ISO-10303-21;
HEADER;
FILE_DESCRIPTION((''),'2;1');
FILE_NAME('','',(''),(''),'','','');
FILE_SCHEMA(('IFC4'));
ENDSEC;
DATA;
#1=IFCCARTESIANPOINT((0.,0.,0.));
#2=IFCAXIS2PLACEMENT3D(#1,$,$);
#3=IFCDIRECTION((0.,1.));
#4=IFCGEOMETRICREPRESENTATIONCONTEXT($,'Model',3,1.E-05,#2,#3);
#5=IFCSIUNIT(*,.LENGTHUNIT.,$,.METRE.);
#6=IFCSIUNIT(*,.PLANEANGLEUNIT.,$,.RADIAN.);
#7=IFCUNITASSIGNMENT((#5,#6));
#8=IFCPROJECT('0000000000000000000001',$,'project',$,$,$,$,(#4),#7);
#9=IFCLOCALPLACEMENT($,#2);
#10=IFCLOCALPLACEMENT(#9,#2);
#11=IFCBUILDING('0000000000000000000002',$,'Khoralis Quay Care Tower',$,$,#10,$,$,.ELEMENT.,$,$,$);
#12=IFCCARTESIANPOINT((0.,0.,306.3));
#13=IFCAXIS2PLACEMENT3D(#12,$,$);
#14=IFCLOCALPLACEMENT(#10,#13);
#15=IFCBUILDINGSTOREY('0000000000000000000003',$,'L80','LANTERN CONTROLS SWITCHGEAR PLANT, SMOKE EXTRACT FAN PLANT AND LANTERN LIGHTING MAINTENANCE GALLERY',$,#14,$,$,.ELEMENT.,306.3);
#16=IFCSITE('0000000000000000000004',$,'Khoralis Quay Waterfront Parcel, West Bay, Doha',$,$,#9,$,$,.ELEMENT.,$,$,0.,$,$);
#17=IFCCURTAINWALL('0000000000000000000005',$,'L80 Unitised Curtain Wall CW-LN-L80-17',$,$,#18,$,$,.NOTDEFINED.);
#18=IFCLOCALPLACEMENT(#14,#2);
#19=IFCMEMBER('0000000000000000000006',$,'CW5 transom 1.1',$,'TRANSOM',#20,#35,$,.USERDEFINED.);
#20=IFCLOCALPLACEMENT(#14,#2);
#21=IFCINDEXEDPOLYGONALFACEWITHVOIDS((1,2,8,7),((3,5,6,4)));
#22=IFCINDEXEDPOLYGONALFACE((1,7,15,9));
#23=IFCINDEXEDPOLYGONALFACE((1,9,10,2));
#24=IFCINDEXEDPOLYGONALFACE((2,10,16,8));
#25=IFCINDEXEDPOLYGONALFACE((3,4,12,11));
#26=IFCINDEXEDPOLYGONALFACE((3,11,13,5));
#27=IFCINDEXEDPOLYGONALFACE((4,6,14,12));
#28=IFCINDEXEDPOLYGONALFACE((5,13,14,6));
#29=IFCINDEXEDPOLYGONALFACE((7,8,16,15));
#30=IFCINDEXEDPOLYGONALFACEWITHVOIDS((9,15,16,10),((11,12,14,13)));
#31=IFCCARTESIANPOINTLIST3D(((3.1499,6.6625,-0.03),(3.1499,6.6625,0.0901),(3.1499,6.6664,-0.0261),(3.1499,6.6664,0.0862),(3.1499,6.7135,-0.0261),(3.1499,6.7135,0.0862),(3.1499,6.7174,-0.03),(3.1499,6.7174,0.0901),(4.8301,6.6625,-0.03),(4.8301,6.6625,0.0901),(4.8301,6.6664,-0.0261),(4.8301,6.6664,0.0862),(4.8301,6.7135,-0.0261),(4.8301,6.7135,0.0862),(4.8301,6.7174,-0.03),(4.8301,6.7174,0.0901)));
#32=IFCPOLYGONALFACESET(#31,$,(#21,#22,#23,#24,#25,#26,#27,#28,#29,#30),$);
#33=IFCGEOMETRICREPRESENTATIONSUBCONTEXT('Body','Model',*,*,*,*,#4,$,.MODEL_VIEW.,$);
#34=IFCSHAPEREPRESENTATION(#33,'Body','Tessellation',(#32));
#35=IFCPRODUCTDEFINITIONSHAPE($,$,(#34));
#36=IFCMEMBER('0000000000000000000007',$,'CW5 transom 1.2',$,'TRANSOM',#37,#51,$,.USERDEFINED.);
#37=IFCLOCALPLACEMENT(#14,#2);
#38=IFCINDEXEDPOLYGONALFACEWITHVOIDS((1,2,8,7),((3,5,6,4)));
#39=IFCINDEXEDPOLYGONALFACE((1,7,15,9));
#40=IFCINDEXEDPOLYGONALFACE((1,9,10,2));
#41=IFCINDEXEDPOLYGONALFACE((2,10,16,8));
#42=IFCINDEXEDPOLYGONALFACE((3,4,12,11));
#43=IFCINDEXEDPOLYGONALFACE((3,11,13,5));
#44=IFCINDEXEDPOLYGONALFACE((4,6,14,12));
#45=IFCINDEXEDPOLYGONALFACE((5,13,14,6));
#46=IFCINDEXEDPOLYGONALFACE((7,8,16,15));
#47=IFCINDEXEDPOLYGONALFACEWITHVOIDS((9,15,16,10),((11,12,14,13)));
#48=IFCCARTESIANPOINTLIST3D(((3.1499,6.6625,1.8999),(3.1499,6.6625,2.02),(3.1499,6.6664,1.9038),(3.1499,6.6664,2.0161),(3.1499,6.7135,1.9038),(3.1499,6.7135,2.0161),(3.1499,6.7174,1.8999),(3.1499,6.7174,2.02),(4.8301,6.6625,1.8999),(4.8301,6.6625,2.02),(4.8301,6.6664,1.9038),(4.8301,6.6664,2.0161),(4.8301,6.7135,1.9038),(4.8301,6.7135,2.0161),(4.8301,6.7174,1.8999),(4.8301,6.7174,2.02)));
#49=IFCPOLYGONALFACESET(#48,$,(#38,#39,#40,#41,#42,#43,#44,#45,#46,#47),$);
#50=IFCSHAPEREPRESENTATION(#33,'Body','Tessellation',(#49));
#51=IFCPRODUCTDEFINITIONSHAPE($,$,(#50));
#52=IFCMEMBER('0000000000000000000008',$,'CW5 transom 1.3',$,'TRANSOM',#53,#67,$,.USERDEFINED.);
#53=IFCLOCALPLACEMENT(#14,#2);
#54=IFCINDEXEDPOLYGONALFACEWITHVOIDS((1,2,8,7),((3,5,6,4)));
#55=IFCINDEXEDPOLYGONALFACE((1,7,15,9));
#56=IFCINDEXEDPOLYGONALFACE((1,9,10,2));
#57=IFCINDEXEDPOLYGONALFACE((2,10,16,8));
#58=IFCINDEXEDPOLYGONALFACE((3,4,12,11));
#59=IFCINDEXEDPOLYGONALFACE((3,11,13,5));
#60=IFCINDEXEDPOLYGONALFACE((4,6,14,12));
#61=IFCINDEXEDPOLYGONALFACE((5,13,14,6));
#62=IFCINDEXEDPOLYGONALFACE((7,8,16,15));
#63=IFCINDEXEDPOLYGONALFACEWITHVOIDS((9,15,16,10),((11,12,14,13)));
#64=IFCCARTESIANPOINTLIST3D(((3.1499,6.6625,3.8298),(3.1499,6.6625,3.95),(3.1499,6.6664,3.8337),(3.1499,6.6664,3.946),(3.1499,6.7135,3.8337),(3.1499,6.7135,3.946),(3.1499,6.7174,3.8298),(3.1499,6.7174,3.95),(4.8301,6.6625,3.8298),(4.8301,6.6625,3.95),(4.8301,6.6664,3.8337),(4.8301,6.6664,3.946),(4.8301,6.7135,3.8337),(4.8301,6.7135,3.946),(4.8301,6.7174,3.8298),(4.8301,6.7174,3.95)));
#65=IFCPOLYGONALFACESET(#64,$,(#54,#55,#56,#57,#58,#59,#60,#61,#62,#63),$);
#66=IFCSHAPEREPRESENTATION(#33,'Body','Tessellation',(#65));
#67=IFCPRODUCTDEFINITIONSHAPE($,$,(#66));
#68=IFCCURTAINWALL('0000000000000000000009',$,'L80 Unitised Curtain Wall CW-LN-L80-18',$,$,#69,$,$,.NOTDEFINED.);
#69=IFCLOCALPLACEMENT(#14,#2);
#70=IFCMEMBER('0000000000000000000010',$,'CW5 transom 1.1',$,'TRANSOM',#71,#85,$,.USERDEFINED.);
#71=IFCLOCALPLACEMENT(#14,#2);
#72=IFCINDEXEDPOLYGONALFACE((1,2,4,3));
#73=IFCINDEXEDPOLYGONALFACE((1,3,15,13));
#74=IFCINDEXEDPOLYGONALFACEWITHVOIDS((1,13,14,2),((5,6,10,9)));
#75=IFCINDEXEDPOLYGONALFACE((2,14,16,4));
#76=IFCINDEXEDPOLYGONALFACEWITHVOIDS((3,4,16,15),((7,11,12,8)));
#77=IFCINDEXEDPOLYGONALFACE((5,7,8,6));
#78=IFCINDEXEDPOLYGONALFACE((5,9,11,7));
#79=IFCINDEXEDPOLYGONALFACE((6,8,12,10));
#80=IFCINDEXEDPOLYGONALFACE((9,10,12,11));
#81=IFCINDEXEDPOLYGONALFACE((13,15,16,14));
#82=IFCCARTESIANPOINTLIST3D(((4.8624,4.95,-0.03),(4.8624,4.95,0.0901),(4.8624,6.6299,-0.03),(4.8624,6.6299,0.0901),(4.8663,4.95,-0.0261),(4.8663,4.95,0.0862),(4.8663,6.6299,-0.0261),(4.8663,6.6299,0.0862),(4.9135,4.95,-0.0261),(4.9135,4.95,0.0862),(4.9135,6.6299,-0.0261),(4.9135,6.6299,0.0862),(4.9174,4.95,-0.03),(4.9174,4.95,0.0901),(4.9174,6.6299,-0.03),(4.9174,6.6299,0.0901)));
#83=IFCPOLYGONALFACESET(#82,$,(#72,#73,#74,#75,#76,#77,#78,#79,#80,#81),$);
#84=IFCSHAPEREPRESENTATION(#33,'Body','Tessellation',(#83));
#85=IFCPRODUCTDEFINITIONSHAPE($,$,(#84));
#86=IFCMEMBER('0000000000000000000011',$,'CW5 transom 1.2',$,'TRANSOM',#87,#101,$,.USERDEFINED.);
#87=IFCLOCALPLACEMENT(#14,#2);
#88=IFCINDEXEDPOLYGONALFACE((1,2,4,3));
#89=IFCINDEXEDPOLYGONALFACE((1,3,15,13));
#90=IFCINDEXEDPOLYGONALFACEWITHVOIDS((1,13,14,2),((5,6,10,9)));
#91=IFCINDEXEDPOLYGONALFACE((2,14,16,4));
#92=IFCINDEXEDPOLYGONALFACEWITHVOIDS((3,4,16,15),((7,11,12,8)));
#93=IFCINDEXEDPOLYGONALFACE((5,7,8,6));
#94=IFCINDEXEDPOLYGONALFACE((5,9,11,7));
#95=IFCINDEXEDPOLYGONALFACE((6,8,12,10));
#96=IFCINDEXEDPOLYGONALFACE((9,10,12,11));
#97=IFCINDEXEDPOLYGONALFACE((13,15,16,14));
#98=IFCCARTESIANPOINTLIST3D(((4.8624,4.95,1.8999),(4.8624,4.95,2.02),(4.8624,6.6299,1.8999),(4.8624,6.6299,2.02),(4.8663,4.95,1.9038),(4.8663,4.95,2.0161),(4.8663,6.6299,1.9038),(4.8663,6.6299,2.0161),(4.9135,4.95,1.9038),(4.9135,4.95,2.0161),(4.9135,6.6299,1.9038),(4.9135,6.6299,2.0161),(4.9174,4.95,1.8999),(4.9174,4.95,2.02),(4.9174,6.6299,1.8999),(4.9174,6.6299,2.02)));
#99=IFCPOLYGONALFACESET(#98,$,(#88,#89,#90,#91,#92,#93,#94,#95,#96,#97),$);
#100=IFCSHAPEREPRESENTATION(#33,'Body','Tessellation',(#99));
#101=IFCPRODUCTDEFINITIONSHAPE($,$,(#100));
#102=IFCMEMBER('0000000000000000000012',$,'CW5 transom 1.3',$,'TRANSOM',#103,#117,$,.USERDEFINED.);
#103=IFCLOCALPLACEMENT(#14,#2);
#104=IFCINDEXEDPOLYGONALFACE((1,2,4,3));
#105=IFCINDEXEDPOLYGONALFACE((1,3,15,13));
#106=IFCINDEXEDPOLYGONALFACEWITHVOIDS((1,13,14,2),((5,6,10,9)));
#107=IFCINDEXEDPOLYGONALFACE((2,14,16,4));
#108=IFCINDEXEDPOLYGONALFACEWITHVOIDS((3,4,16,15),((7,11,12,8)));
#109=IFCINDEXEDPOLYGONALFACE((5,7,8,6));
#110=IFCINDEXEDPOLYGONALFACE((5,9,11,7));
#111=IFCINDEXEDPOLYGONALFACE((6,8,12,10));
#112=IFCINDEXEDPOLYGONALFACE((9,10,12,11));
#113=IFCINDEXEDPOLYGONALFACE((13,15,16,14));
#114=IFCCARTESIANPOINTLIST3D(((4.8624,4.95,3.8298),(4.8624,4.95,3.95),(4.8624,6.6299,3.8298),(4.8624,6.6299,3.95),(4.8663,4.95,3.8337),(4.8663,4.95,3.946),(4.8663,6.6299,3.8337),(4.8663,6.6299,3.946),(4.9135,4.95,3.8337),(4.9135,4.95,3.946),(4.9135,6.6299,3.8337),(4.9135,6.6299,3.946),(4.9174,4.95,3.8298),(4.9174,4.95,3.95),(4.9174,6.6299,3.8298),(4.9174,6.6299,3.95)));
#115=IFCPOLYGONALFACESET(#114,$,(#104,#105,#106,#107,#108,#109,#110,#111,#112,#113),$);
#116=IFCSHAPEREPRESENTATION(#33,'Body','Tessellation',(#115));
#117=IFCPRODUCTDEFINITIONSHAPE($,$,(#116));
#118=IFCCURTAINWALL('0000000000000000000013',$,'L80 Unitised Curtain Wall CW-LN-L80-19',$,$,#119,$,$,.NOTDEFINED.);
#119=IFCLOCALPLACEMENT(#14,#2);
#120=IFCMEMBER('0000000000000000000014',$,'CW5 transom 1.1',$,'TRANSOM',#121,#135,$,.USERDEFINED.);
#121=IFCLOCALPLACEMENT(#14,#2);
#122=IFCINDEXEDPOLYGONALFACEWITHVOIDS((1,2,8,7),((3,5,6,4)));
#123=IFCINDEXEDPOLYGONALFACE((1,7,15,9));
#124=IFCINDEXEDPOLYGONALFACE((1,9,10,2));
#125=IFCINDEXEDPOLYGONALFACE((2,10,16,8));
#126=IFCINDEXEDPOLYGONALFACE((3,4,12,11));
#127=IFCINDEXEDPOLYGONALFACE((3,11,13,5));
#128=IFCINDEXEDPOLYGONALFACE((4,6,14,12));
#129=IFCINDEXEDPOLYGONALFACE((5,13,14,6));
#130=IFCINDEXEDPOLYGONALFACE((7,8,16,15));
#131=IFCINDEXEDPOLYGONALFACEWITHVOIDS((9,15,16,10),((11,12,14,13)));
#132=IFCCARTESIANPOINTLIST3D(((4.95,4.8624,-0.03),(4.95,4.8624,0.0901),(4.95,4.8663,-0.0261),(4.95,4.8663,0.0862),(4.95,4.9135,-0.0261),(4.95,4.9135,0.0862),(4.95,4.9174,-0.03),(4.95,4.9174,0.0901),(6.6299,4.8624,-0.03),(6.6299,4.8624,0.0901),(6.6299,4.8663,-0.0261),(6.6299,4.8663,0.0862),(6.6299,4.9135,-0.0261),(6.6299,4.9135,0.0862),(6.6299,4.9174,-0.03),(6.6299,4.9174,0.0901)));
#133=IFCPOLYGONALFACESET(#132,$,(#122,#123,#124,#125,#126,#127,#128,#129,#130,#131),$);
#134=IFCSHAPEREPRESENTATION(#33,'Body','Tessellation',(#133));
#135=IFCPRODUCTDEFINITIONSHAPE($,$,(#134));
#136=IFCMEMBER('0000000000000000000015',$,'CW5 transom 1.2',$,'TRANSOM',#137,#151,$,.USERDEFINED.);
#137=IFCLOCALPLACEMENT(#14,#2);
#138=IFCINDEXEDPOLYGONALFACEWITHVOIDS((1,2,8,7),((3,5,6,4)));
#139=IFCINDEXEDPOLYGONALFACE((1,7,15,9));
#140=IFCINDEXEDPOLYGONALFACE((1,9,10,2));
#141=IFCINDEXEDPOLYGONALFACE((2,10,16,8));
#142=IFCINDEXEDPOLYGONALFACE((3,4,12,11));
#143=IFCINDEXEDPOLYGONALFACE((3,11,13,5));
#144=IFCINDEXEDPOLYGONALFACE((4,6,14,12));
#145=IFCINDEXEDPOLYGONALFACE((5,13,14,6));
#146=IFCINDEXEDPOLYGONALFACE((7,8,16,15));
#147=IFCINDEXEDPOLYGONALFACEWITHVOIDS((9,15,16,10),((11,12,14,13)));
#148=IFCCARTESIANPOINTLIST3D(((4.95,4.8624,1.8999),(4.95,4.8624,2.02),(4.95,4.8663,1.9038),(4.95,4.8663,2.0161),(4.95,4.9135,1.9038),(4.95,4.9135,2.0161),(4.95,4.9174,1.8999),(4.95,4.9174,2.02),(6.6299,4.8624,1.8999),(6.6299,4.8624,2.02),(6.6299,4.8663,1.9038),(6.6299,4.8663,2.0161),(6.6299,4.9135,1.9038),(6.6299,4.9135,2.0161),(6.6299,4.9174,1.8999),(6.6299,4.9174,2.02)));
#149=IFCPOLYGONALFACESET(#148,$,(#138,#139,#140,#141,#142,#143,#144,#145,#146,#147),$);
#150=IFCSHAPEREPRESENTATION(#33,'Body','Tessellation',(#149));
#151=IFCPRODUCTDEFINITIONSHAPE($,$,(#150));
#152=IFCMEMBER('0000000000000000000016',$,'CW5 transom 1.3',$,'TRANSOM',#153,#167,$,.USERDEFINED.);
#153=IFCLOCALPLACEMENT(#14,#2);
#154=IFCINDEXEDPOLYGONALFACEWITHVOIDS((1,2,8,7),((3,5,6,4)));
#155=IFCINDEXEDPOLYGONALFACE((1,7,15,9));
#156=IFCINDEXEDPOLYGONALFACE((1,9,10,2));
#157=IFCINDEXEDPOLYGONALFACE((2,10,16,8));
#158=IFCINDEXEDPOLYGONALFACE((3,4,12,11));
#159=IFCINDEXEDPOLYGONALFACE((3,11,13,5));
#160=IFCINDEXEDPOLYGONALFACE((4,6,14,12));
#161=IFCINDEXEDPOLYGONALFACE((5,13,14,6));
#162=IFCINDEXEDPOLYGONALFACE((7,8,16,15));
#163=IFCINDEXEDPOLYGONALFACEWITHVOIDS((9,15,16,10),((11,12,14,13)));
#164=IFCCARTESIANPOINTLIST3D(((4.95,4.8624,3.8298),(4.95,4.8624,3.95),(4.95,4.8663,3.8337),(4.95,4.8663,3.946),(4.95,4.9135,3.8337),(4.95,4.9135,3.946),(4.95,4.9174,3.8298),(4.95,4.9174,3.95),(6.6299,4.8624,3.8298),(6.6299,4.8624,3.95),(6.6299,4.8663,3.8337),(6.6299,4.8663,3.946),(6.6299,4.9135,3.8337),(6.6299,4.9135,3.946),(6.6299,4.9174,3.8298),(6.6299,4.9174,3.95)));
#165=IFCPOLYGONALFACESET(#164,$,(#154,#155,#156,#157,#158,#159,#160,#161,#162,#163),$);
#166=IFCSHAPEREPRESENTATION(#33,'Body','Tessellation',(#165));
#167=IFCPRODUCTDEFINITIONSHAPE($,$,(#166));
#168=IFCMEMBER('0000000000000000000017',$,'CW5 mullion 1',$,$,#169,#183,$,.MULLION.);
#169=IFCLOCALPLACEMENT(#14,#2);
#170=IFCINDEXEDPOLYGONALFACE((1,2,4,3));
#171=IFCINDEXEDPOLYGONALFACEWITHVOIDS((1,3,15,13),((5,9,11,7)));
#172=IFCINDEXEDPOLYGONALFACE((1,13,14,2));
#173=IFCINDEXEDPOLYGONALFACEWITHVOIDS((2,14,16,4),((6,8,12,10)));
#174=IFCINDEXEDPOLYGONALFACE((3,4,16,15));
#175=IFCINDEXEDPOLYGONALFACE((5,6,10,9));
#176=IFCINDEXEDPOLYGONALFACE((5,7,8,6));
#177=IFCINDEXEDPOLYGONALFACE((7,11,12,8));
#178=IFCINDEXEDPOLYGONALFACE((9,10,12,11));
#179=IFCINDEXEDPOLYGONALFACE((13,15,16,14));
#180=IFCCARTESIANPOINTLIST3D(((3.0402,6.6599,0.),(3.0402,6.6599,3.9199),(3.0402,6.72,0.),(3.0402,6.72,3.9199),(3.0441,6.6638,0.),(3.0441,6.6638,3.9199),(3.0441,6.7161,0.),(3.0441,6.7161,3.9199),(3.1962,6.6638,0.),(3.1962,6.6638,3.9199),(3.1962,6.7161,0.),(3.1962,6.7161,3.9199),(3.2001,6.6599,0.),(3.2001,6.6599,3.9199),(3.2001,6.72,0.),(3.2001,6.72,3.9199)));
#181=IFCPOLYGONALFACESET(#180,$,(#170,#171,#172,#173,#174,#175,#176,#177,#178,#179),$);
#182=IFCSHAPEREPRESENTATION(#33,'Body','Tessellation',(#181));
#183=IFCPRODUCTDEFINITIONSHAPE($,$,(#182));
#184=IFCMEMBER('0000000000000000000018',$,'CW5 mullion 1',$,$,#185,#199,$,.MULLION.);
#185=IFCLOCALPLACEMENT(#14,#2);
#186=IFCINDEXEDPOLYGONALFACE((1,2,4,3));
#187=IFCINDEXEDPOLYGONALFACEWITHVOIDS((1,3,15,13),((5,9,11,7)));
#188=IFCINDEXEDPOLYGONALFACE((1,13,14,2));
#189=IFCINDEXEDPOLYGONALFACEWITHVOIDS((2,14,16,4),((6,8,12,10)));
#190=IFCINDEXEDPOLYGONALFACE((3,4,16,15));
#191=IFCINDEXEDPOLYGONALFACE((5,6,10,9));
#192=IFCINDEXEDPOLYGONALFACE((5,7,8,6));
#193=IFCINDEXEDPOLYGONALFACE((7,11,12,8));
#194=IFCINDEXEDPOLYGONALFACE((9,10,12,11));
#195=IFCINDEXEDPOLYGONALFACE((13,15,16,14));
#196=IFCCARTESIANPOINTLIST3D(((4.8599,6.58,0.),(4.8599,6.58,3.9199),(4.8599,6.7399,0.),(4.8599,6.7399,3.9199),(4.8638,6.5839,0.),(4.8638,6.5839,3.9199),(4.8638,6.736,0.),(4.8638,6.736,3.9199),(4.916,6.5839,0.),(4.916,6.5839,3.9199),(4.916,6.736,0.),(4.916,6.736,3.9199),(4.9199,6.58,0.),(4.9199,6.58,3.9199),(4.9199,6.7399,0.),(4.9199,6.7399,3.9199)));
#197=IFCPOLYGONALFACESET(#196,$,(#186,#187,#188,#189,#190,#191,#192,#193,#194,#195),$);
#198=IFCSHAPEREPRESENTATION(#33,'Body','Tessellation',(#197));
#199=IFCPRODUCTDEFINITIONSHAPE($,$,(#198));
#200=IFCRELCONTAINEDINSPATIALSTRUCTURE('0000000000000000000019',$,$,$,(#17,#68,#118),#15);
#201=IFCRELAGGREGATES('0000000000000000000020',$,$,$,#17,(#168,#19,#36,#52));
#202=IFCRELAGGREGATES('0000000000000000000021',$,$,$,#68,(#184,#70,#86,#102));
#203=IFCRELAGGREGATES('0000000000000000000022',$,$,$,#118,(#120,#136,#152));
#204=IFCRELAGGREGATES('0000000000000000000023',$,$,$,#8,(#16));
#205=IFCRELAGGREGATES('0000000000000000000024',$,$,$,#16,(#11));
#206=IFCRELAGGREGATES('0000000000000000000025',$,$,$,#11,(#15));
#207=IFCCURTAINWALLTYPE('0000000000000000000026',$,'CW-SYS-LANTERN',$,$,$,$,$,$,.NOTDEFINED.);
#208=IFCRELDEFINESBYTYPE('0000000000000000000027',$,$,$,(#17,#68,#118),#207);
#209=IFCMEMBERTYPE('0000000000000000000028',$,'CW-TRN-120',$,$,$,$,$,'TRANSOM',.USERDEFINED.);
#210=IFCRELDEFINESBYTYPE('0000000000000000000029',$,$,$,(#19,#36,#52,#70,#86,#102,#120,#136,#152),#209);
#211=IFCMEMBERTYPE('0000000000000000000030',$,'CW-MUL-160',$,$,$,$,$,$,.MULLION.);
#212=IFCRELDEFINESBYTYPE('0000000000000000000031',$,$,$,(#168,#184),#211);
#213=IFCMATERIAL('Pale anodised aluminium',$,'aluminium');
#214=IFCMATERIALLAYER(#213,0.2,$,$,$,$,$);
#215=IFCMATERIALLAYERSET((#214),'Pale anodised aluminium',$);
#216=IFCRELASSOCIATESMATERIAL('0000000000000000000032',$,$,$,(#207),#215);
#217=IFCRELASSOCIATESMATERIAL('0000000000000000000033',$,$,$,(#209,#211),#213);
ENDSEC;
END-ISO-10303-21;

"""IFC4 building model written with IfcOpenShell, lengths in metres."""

from ifc_helpers import new_model, si_unit, direction, frame, origin, origin_2d, place, context, subcontext, project, spatial, hollow_rectangle, extrude, source, transform, mapped, material, layer, layer_set, material_profile, profile_set, type_object, element, aggregate, save


model = new_model("IFC4")

# Units and contexts
model_context = context("Model", 3, precision=1e-05, world=origin(), true_north=direction((0.0, 1.0)))
body_context = subcontext(model_context, "Body", "Model", "MODEL_VIEW")
ifc_project = project(units=[si_unit("LENGTHUNIT", "METRE"), si_unit("PLANEANGLEUNIT", "RADIAN")], contexts=[model_context])

# Site, building, storey
site_placement = place(None, origin())
site = spatial("IfcSite", under=ifc_project, at=site_placement, Name="Khoralis Quay Waterfront Parcel, West Bay, Doha", CompositionType="ELEMENT", RefElevation=0.0)
building_placement = place(site_placement, origin())
building = spatial("IfcBuilding", under=site, at=building_placement, Name="Khoralis Quay Care Tower", CompositionType="ELEMENT")
storey_placement = place(building_placement, frame((0.0, 0.0, 306.3)))
storey = spatial("IfcBuildingStorey", under=building, at=storey_placement, Name="L80", Description="LANTERN CONTROLS SWITCHGEAR PLANT, SMOKE EXTRACT FAN PLANT AND LANTERN LIGHTING MAINTENANCE GALLERY", CompositionType="ELEMENT", Elevation=306.3)

# Curtain walls, members
ifc_material_1 = material(Name="Pale anodised aluminium", Category="aluminium")
ifc_layer_1 = layer(ifc_material_1, 0.2)
ifc_layer_set_1 = layer_set([ifc_layer_1], Name="Pale anodised aluminium")
curtain_wall_type = type_object("IfcCurtainWallType", Name="CW-SYS-LANTERN", PredefinedType="NOTDEFINED", material=ifc_layer_set_1)
curtain_wall_1_placement = place(storey_placement, origin())
curtain_wall_1 = element("IfcCurtainWall", 1, at=curtain_wall_1_placement, inside=storey, type_object=curtain_wall_type, Name="L80 Unitised Curtain Wall CW-LN-L80-17", PredefinedType="NOTDEFINED")
ifc_material_profile_1 = material_profile(ifc_material_1, hollow_rectangle(XDim=0.0549, YDim=0.1201, WallThickness=0.0039, at=origin_2d()), Name="Pale anodised aluminium")
ifc_profile_set_1 = profile_set([ifc_material_profile_1], Name="Pale anodised aluminium")
member_type_1 = type_object("IfcMemberType", Name="CW-TRN-120", ElementType="TRANSOM", PredefinedType="USERDEFINED", material=ifc_profile_set_1)
shared_shape_1 = source(origin(), body_context, "Body", "SweptSolid", [
    extrude(hollow_rectangle(XDim=0.0549, YDim=0.1201, WallThickness=0.0039, at=origin_2d()), origin(), (0.0, 0.0, 1.0), 1.6802),
])
member_1_placement = place(storey_placement, frame((3.1499, 6.6899, 0.03), z_axis=(1.0, 0.0, 0.0), x_axis=(0.0, 1.0, 0.0)))
member_1 = element("IfcMember", 2, at=member_1_placement, type_object=member_type_1, Name="CW5 transom 1.1", ObjectType="TRANSOM", PredefinedType="USERDEFINED", context=body_context, shape_type="MappedRepresentation", body=[
    mapped(shared_shape_1, transform((0.0, 0.0, 0.0), scale=1.0)),
])
member_2_placement = place(storey_placement, frame((3.1499, 6.6899, 1.96), z_axis=(1.0, 0.0, 0.0), x_axis=(0.0, 1.0, 0.0)))
member_2 = element("IfcMember", 3, at=member_2_placement, type_object=member_type_1, Name="CW5 transom 1.2", ObjectType="TRANSOM", PredefinedType="USERDEFINED", context=body_context, shape_type="MappedRepresentation", body=[
    mapped(shared_shape_1, transform((0.0, 0.0, 0.0), scale=1.0)),
])
member_3_placement = place(storey_placement, frame((3.1499, 6.6899, 3.8899), z_axis=(1.0, 0.0, 0.0), x_axis=(0.0, 1.0, 0.0)))
member_3 = element("IfcMember", 4, at=member_3_placement, type_object=member_type_1, Name="CW5 transom 1.3", ObjectType="TRANSOM", PredefinedType="USERDEFINED", context=body_context, shape_type="MappedRepresentation", body=[
    mapped(shared_shape_1, transform((0.0, 0.0, 0.0), scale=1.0)),
])
curtain_wall_2_placement = place(storey_placement, origin())
curtain_wall_2 = element("IfcCurtainWall", 5, at=curtain_wall_2_placement, inside=storey, type_object=curtain_wall_type, Name="L80 Unitised Curtain Wall CW-LN-L80-18", PredefinedType="NOTDEFINED")
shared_shape_2 = source(origin(), body_context, "Body", "SweptSolid", [
    extrude(hollow_rectangle(XDim=0.0549, YDim=0.1201, WallThickness=0.0039, at=origin_2d()), origin(), (0.0, 0.0, 1.0), 1.6799),
])
member_4_placement = place(storey_placement, frame((4.8899, 6.6299, 0.03), z_axis=(0.0, -1.0, 0.0), x_axis=(1.0, 0.0, 0.0)))
member_4 = element("IfcMember", 6, at=member_4_placement, type_object=member_type_1, Name="CW5 transom 1.1", ObjectType="TRANSOM", PredefinedType="USERDEFINED", context=body_context, shape_type="MappedRepresentation", body=[
    mapped(shared_shape_2, transform((0.0, 0.0, 0.0), scale=1.0)),
])
member_5_placement = place(storey_placement, frame((4.8899, 6.6299, 1.96), z_axis=(0.0, -1.0, 0.0), x_axis=(1.0, 0.0, 0.0)))
member_5 = element("IfcMember", 7, at=member_5_placement, type_object=member_type_1, Name="CW5 transom 1.2", ObjectType="TRANSOM", PredefinedType="USERDEFINED", context=body_context, shape_type="MappedRepresentation", body=[
    mapped(shared_shape_2, transform((0.0, 0.0, 0.0), scale=1.0)),
])
member_6_placement = place(storey_placement, frame((4.8899, 6.6299, 3.8899), z_axis=(0.0, -1.0, 0.0), x_axis=(1.0, 0.0, 0.0)))
member_6 = element("IfcMember", 8, at=member_6_placement, type_object=member_type_1, Name="CW5 transom 1.3", ObjectType="TRANSOM", PredefinedType="USERDEFINED", context=body_context, shape_type="MappedRepresentation", body=[
    mapped(shared_shape_2, transform((0.0, 0.0, 0.0), scale=1.0)),
])
curtain_wall_3_placement = place(storey_placement, origin())
curtain_wall_3 = element("IfcCurtainWall", 9, at=curtain_wall_3_placement, inside=storey, type_object=curtain_wall_type, Name="L80 Unitised Curtain Wall CW-LN-L80-19", PredefinedType="NOTDEFINED")
member_7_placement = place(storey_placement, frame((4.95, 4.8899, 0.03), z_axis=(1.0, 0.0, 0.0), x_axis=(0.0, 1.0, 0.0)))
member_7 = element("IfcMember", 10, at=member_7_placement, type_object=member_type_1, Name="CW5 transom 1.1", ObjectType="TRANSOM", PredefinedType="USERDEFINED", context=body_context, shape_type="MappedRepresentation", body=[
    mapped(shared_shape_2, transform((0.0, 0.0, 0.0), scale=1.0)),
])
member_8_placement = place(storey_placement, frame((4.95, 4.8899, 1.96), z_axis=(1.0, 0.0, 0.0), x_axis=(0.0, 1.0, 0.0)))
member_8 = element("IfcMember", 11, at=member_8_placement, type_object=member_type_1, Name="CW5 transom 1.2", ObjectType="TRANSOM", PredefinedType="USERDEFINED", context=body_context, shape_type="MappedRepresentation", body=[
    mapped(shared_shape_2, transform((0.0, 0.0, 0.0), scale=1.0)),
])
member_9_placement = place(storey_placement, frame((4.95, 4.8899, 3.8899), z_axis=(1.0, 0.0, 0.0), x_axis=(0.0, 1.0, 0.0)))
member_9 = element("IfcMember", 12, at=member_9_placement, type_object=member_type_1, Name="CW5 transom 1.3", ObjectType="TRANSOM", PredefinedType="USERDEFINED", context=body_context, shape_type="MappedRepresentation", body=[
    mapped(shared_shape_2, transform((0.0, 0.0, 0.0), scale=1.0)),
])

# Members
ifc_material_profile_2 = material_profile(ifc_material_1, hollow_rectangle(XDim=0.0601, YDim=0.1599, WallThickness=0.0039, at=origin_2d()), Name="Pale anodised aluminium")
ifc_profile_set_2 = profile_set([ifc_material_profile_2], Name="Pale anodised aluminium")
member_type_2 = type_object("IfcMemberType", Name="CW-MUL-160", PredefinedType="MULLION", material=ifc_profile_set_2)
shared_shape_3 = source(origin(), body_context, "Body", "SweptSolid", [
    extrude(hollow_rectangle(XDim=0.0601, YDim=0.1599, WallThickness=0.0039, at=origin_2d()), origin(), (0.0, 0.0, 1.0), 3.9199),
])
member_10_placement = place(storey_placement, frame((3.1201, 6.6899, 0.0), z_axis=(0.0, 0.0, 1.0), x_axis=(0.0, 1.0, 0.0)))
member_10 = element("IfcMember", 13, at=member_10_placement, type_object=member_type_2, Name="CW5 mullion 1", PredefinedType="MULLION", context=body_context, shape_type="MappedRepresentation", body=[
    mapped(shared_shape_3, transform((0.0, 0.0, 0.0), scale=1.0)),
])
aggregate(curtain_wall_1, [member_10, member_1, member_2, member_3])
member_11_placement = place(storey_placement, frame((4.8899, 6.6599, 0.0), z_axis=(0.0, 0.0, 1.0), x_axis=(1.0, 0.0, 0.0)))
member_11 = element("IfcMember", 14, at=member_11_placement, type_object=member_type_2, Name="CW5 mullion 1", PredefinedType="MULLION", context=body_context, shape_type="MappedRepresentation", body=[
    mapped(shared_shape_3, transform((0.0, 0.0, 0.0), scale=1.0)),
])

aggregate(curtain_wall_2, [member_11, member_4, member_5, member_6])
aggregate(curtain_wall_3, [member_7, member_8, member_9])

save(model, "model.ifc")
